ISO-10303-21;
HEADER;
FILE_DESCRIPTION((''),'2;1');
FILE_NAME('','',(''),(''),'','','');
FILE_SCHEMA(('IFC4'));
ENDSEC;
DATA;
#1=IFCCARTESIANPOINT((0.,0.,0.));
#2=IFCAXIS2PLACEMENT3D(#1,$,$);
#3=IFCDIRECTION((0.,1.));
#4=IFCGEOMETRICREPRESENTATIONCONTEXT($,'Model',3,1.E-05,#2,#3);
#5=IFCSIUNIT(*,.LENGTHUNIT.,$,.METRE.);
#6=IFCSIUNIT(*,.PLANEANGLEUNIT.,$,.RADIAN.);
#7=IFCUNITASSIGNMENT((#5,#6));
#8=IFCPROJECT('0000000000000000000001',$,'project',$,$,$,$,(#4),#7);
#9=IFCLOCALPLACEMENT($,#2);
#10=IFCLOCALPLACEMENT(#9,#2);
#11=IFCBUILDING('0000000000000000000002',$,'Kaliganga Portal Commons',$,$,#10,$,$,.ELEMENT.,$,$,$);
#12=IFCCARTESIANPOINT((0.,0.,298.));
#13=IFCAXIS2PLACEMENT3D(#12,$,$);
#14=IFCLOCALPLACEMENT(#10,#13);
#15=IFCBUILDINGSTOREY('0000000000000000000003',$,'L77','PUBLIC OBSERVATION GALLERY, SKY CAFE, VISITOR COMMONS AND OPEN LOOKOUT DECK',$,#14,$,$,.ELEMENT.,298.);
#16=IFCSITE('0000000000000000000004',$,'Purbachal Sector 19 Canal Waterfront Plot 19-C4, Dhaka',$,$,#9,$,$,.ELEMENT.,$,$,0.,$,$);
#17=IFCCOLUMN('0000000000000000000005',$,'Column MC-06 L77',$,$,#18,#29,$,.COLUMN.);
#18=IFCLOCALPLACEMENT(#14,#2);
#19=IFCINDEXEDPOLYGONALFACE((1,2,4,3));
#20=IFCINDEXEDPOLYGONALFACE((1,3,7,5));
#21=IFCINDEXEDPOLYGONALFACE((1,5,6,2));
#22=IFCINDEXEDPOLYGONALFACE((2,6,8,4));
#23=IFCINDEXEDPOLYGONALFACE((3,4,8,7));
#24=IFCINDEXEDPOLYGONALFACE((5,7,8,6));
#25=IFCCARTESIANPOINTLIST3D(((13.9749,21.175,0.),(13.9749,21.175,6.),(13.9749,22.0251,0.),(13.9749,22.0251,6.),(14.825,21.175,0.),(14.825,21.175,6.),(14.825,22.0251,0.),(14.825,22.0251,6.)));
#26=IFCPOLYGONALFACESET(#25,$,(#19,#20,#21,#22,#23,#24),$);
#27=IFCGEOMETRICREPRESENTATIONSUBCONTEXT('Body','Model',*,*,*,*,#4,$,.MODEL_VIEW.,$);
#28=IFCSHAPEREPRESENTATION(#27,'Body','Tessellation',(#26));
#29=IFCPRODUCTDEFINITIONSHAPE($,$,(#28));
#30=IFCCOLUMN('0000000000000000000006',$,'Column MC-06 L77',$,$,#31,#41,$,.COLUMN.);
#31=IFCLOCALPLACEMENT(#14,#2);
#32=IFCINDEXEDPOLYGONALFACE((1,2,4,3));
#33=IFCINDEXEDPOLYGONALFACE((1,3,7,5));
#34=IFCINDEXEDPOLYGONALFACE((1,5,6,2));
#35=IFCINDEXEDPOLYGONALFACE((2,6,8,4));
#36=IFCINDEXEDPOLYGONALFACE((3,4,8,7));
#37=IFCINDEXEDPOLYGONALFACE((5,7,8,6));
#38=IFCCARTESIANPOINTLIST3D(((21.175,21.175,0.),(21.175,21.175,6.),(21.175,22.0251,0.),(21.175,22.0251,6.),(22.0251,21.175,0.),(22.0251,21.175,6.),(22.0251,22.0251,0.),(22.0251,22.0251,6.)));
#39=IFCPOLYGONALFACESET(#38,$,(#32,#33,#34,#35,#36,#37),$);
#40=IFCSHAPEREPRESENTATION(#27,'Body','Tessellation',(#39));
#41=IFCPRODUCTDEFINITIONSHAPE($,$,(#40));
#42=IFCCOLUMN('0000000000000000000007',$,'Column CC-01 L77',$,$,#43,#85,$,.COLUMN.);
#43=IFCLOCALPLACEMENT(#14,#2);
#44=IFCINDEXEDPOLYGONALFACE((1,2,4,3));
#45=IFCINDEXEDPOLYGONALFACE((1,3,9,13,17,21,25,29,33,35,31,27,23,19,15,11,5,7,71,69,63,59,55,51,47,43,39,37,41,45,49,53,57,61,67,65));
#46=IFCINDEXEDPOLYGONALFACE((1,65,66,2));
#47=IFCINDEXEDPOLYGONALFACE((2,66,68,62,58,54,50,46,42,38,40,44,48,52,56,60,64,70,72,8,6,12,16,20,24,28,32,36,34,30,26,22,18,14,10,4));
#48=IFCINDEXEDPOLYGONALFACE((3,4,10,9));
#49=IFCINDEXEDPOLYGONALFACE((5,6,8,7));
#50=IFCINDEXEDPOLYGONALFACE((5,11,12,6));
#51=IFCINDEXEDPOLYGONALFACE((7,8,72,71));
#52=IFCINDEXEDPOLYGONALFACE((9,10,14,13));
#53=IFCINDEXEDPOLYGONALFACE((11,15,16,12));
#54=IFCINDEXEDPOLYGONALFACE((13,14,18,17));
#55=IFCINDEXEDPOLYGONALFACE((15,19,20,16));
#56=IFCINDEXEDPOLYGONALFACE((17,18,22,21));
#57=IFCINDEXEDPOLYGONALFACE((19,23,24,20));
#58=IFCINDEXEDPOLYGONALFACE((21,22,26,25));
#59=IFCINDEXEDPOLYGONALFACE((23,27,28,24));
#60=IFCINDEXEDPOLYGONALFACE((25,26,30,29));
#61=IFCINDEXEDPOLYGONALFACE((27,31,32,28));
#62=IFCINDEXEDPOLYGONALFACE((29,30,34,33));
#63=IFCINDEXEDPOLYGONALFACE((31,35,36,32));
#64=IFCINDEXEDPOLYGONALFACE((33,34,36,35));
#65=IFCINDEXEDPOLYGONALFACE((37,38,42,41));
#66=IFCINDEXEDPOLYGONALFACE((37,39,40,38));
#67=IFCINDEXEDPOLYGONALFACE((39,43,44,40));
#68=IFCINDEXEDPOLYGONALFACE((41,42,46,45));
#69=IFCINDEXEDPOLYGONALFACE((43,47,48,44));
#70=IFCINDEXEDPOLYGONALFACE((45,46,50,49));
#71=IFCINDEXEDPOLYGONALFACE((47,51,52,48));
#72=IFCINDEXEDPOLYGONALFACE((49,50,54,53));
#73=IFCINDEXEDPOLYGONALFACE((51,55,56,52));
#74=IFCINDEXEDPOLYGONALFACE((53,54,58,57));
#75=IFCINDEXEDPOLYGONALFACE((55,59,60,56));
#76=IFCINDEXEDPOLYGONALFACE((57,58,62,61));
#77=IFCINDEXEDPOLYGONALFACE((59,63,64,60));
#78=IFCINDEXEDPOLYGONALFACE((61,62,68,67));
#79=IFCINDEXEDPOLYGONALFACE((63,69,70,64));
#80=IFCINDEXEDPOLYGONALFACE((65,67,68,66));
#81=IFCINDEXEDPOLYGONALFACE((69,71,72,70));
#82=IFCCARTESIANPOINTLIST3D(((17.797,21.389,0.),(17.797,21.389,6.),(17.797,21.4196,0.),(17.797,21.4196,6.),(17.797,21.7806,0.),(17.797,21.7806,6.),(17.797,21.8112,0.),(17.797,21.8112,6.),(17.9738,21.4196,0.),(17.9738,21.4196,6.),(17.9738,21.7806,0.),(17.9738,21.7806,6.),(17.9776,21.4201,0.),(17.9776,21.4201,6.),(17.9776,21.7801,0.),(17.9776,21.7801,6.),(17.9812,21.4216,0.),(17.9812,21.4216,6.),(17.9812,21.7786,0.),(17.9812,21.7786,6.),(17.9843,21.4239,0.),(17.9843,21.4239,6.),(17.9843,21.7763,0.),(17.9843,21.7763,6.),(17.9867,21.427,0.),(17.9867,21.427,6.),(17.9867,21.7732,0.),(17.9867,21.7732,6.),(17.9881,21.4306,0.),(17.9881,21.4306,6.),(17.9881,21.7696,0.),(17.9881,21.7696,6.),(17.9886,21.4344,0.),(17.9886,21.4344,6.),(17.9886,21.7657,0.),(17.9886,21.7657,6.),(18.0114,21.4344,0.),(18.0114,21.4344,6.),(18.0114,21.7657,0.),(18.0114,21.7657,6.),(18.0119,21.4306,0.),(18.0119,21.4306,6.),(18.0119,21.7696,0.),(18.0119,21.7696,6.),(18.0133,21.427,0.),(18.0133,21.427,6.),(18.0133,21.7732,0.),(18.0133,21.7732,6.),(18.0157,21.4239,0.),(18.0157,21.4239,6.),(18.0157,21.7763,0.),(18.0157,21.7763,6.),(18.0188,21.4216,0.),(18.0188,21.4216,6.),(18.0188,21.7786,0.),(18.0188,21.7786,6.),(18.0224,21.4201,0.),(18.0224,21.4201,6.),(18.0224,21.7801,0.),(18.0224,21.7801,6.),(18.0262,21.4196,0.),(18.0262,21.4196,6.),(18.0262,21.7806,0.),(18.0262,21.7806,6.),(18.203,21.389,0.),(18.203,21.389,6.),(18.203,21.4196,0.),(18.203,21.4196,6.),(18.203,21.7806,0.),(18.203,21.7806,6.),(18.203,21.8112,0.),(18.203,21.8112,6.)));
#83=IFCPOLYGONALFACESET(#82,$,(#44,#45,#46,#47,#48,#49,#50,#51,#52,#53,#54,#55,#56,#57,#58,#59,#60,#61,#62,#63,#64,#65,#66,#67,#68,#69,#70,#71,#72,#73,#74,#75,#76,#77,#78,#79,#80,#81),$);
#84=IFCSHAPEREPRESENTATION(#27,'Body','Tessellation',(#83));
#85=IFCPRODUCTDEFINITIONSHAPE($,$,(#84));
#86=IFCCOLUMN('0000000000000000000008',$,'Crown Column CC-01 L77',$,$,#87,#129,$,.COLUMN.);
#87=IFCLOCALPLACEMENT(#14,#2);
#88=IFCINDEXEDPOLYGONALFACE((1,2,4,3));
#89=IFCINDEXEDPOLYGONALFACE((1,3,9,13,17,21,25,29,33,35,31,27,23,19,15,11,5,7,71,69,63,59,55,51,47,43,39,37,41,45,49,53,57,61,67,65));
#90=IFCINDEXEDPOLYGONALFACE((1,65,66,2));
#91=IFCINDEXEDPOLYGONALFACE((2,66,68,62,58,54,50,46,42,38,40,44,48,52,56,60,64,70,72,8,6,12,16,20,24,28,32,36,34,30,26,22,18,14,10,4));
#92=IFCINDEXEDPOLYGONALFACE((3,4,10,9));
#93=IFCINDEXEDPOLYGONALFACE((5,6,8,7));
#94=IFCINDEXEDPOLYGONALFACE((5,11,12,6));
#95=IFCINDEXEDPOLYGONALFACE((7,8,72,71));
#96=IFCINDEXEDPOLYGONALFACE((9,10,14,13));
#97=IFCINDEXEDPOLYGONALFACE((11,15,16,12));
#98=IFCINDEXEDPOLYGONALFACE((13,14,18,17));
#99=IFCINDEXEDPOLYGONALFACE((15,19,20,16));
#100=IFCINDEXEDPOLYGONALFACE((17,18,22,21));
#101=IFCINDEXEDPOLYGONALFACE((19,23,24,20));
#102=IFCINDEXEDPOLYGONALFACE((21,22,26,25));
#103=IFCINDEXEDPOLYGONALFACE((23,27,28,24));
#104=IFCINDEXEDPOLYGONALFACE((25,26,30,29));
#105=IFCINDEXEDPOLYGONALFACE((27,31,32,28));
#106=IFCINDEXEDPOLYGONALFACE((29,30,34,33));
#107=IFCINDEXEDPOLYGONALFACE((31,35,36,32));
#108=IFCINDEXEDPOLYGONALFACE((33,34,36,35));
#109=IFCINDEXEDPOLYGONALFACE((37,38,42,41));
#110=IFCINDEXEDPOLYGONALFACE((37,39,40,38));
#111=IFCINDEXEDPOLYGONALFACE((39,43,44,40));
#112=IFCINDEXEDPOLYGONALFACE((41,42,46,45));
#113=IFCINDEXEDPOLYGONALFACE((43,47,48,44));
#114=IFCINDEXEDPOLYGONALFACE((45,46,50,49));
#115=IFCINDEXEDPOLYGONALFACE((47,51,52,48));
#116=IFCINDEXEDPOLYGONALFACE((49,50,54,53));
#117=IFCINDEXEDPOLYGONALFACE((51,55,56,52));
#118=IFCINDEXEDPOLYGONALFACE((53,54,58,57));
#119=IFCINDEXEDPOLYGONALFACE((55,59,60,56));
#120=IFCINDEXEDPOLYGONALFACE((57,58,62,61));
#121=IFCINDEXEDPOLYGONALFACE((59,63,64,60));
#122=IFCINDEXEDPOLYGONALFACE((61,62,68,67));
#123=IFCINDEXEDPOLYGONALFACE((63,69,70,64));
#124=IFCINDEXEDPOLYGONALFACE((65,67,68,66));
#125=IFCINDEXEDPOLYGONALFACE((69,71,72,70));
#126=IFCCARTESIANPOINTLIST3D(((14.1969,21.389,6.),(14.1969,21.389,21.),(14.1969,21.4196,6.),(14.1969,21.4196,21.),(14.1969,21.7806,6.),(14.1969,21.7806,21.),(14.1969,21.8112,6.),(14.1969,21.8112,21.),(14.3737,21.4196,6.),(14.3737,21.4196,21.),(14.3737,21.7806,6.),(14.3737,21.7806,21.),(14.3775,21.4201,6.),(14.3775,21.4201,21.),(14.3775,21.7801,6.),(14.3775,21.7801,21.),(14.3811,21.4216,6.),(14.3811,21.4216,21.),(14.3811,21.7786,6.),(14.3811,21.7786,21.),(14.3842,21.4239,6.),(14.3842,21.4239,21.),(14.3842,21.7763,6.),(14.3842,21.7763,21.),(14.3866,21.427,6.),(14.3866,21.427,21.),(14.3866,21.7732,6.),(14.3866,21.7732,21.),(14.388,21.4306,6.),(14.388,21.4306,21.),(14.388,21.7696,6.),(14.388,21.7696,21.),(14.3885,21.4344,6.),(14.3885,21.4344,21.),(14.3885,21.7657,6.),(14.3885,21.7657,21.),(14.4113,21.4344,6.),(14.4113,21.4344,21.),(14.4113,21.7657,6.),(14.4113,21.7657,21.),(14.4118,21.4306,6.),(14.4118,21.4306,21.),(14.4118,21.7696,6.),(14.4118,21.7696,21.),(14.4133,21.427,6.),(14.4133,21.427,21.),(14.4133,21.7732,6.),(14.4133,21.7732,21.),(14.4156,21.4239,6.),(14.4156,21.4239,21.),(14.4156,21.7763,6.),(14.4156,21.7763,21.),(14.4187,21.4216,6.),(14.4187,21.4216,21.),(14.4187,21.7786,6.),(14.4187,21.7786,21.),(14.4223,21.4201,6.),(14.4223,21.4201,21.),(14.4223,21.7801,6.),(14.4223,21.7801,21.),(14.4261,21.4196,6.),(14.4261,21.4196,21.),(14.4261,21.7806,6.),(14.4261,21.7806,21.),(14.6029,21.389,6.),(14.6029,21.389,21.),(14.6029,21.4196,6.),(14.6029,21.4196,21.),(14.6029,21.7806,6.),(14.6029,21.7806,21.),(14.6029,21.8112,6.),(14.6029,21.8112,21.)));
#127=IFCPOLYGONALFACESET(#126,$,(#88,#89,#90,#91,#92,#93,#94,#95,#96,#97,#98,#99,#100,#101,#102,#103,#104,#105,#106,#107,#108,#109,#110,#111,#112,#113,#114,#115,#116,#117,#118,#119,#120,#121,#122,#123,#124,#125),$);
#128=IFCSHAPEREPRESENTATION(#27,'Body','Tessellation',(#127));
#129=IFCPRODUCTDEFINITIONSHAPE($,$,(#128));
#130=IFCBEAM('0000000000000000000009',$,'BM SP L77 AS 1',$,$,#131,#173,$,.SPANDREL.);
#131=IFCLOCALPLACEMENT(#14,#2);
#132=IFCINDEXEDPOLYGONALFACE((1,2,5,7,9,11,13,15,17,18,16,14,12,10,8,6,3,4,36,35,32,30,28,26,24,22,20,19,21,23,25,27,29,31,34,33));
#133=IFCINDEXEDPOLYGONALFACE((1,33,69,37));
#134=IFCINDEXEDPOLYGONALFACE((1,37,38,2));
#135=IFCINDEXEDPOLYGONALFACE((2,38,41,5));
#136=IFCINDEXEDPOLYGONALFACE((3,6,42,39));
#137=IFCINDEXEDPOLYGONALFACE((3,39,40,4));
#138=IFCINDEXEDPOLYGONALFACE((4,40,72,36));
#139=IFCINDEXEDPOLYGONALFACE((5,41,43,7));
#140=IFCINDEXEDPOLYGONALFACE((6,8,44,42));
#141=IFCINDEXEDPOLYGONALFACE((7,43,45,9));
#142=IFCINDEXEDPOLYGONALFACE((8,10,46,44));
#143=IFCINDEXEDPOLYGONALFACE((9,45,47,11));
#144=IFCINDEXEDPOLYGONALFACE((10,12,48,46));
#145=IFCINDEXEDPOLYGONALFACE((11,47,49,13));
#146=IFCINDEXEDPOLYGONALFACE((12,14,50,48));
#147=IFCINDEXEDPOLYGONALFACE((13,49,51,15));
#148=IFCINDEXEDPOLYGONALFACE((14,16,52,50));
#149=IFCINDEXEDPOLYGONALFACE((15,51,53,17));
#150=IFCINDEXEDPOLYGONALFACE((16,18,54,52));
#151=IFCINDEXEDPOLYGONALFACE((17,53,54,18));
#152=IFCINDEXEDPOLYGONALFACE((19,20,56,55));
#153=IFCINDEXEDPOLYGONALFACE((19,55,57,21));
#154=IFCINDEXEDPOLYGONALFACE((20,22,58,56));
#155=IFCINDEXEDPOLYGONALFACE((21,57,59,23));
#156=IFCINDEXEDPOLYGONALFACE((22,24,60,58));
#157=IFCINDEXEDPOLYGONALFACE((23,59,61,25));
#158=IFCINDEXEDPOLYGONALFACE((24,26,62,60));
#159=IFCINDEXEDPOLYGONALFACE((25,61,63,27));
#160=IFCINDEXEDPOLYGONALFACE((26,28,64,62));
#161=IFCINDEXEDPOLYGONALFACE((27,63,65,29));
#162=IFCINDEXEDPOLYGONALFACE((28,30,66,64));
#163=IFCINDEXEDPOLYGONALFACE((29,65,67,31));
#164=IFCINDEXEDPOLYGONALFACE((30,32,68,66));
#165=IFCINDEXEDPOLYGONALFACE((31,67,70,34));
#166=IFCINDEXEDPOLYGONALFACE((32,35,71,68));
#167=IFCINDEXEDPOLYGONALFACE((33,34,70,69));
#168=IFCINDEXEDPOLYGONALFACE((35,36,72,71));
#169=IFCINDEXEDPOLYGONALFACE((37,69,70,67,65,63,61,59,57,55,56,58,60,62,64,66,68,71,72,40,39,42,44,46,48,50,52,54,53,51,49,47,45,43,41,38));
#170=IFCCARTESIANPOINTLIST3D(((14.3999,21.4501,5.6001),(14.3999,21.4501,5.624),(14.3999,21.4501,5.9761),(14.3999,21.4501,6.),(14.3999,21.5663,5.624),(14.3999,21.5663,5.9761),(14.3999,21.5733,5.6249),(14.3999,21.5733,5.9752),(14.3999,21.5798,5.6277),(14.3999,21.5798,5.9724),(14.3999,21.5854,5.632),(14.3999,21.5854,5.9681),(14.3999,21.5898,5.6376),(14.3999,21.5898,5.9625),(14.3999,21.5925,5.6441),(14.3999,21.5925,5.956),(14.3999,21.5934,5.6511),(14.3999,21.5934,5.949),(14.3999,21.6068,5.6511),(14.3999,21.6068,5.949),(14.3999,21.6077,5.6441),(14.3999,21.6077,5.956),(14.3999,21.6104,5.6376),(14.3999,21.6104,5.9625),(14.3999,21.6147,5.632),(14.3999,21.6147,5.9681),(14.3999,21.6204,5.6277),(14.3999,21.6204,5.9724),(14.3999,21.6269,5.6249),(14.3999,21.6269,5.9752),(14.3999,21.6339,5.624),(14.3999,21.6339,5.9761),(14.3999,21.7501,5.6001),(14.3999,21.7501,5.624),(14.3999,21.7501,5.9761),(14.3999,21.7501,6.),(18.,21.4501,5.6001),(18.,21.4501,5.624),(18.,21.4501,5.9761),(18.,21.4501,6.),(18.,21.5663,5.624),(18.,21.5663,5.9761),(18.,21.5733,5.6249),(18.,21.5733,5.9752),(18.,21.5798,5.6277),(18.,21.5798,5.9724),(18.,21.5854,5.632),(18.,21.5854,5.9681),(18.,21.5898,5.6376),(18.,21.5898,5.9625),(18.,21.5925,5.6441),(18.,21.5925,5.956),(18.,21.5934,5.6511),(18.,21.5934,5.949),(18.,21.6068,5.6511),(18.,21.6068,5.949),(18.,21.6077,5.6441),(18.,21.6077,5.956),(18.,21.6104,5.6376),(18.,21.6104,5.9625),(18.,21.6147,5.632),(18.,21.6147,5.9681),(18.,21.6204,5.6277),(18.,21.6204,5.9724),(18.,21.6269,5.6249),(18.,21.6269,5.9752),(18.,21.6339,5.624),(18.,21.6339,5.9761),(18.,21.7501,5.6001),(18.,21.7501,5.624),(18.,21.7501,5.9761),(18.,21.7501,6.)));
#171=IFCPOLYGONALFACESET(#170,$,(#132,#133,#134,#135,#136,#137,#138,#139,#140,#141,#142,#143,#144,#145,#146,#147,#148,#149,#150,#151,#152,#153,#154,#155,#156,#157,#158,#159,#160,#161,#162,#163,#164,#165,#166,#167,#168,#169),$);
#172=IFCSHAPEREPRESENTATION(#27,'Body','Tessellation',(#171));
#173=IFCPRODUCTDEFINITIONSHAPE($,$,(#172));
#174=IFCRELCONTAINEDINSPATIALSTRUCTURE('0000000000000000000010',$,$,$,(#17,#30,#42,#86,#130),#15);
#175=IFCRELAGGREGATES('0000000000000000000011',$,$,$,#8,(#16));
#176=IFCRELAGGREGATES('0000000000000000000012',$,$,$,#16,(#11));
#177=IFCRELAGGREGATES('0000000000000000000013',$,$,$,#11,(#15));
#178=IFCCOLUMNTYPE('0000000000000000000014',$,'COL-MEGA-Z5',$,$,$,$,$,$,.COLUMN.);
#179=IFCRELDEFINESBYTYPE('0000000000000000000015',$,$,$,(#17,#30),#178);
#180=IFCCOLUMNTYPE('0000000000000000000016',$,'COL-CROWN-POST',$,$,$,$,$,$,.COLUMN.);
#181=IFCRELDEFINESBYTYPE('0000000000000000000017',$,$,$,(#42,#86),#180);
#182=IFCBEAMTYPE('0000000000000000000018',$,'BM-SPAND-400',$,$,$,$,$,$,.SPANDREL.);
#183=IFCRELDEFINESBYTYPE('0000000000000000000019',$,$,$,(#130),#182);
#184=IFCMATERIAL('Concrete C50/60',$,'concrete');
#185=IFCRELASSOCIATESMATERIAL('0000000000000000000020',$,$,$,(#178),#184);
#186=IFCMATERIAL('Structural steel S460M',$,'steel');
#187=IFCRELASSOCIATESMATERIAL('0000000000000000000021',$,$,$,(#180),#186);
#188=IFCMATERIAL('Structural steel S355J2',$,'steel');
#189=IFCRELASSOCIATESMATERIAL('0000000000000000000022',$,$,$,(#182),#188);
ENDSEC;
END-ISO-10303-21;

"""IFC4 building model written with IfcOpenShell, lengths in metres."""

from ifc_helpers import new_model, si_unit, direction, frame, origin, origin_2d, place, context, subcontext, project, spatial, rectangle, i_section, extrude, source, transform, mapped, material, material_profile, profile_set, type_object, element, save


model = new_model("IFC4")

# Units and contexts
model_context = context("Model", 3, precision=1e-05, world=origin(), true_north=direction((0.0, 1.0)))
body_context = subcontext(model_context, "Body", "Model", "MODEL_VIEW")
ifc_project = project(units=[si_unit("LENGTHUNIT", "METRE"), si_unit("PLANEANGLEUNIT", "RADIAN")], contexts=[model_context])

# Site, building, storey
site_placement = place(None, origin())
site = spatial("IfcSite", under=ifc_project, at=site_placement, Name="Purbachal Sector 19 Canal Waterfront Plot 19-C4, Dhaka", CompositionType="ELEMENT", RefElevation=0.0)
building_placement = place(site_placement, origin())
building = spatial("IfcBuilding", under=site, at=building_placement, Name="Kaliganga Portal Commons", CompositionType="ELEMENT")
storey_placement = place(building_placement, frame((0.0, 0.0, 298.0)))
storey = spatial("IfcBuildingStorey", under=building, at=storey_placement, Name="L77", Description="PUBLIC OBSERVATION GALLERY, SKY CAFE, VISITOR COMMONS AND OPEN LOOKOUT DECK", CompositionType="ELEMENT", Elevation=298.0)

# Columns
ifc_material_1 = material(Name="Concrete C50/60", Category="concrete")
ifc_material_profile_1 = material_profile(ifc_material_1, rectangle(XDim=0.8501, YDim=0.8501, at=origin_2d()), Name="RC 850x850")
ifc_profile_set_1 = profile_set([ifc_material_profile_1], Name="Concrete C50/60")
column_type_1 = type_object("IfcColumnType", Name="COL-MEGA-Z5", PredefinedType="COLUMN", material=ifc_profile_set_1)
shared_shape_1 = source(origin(), body_context, "Body", "SweptSolid", [
    extrude(rectangle(XDim=0.8501, YDim=0.8501, at=origin_2d()), origin(), (0.0, 0.0, 1.0), 6.0),
])
for number, where, z_axis, x_axis, name in (
    (1, (14.3999, 21.6001, 0.0), (0.0, 0.0, 1.0), (1.0, 0.0, 0.0), "Column MC-06 L77"),
    (2, (21.6001, 21.6001, 0.0), (0.0, 0.0, 1.0), (1.0, 0.0, 0.0), "Column MC-06 L77"),
):
    element("IfcColumn", number, at=place(storey_placement, frame(where, z_axis=z_axis, x_axis=x_axis)), inside=storey, type_object=column_type_1, Name=name, PredefinedType="COLUMN", context=body_context, shape_type="MappedRepresentation", body=[
        mapped(shared_shape_1, transform((0.0, 0.0, 0.0), x_axis=(1.0, 0.0, 0.0), y_axis=(0.0, 1.0, 0.0), z_axis=(0.0, 0.0, 1.0), scale=1.0)),
    ])
ifc_material_2 = material(Name="Structural steel S460M", Category="steel")
ifc_material_profile_2 = material_profile(ifc_material_2, i_section(OverallWidth=0.406, OverallDepth=0.4221, WebThickness=0.0227, FlangeThickness=0.0305, FilletRadius=0.0149, at=origin_2d()), Name="HD 400x382")
ifc_profile_set_2 = profile_set([ifc_material_profile_2], Name="Structural steel S460M wide-flange")
column_type_2 = type_object("IfcColumnType", Name="COL-CROWN-POST", PredefinedType="COLUMN", material=ifc_profile_set_2)
shared_shape_2 = source(origin(), body_context, "Body", "SweptSolid", [
    extrude(i_section(OverallWidth=0.406, OverallDepth=0.4221, WebThickness=0.0227, FlangeThickness=0.0305, FilletRadius=0.0149, at=origin_2d()), origin(), (0.0, 0.0, 1.0), 6.0),
])
column_1_placement = place(storey_placement, frame((18.0, 21.6001, 0.0), z_axis=(0.0, 0.0, 1.0), x_axis=(1.0, 0.0, 0.0)))
element("IfcColumn", 3, at=column_1_placement, inside=storey, type_object=column_type_2, Name="Column CC-01 L77", PredefinedType="COLUMN", context=body_context, shape_type="MappedRepresentation", body=[
    mapped(shared_shape_2, transform((0.0, 0.0, 0.0), x_axis=(1.0, 0.0, 0.0), y_axis=(0.0, 1.0, 0.0), z_axis=(0.0, 0.0, 1.0), scale=1.0)),
])
shared_shape_3 = source(origin(), body_context, "Body", "SweptSolid", [
    extrude(i_section(OverallWidth=0.406, OverallDepth=0.4221, WebThickness=0.0227, FlangeThickness=0.0305, FilletRadius=0.0149, at=origin_2d()), origin(), (0.0, 0.0, 1.0), 15.0),
])
column_2_placement = place(storey_placement, frame((14.3999, 21.6001, 6.0), z_axis=(0.0, 0.0, 1.0), x_axis=(1.0, 0.0, 0.0)))
element("IfcColumn", 4, at=column_2_placement, inside=storey, type_object=column_type_2, Name="Crown Column CC-01 L77", PredefinedType="COLUMN", context=body_context, shape_type="MappedRepresentation", body=[
    mapped(shared_shape_3, transform((0.0, 0.0, 0.0), x_axis=(1.0, 0.0, 0.0), y_axis=(0.0, 1.0, 0.0), z_axis=(0.0, 0.0, 1.0), scale=1.0)),
])

# Beam
ifc_material_3 = material(Name="Structural steel S355J2", Category="steel")
ifc_material_profile_3 = material_profile(ifc_material_3, i_section(OverallWidth=0.3, OverallDepth=0.3999, WebThickness=0.0134, FlangeThickness=0.0239, FilletRadius=0.0271, at=origin_2d()), Name="HE 400 B")
ifc_profile_set_3 = profile_set([ifc_material_profile_3], Name="Structural steel S355J2 wide-flange")
beam_type_1 = type_object("IfcBeamType", Name="BM-SPAND-400", PredefinedType="SPANDREL", material=ifc_profile_set_3)
shared_shape_4 = source(origin(), body_context, "Body", "SweptSolid", [
    extrude(i_section(OverallWidth=0.3, OverallDepth=0.3999, WebThickness=0.0134, FlangeThickness=0.0239, FilletRadius=0.0271, at=origin_2d()), origin(), (0.0, 0.0, 1.0), 3.6001),
])
for number, where, z_axis, x_axis, name in (
    (5, (14.3999, 21.6001, 5.8), (1.0, 0.0, 0.0), (0.0, 1.0, 0.0), "BM SP L77 AS 1"),
):
    element("IfcBeam", number, at=place(storey_placement, frame(where, z_axis=z_axis, x_axis=x_axis)), inside=storey, type_object=beam_type_1, Name=name, PredefinedType="SPANDREL", context=body_context, shape_type="MappedRepresentation", body=[
        mapped(shared_shape_4, transform((0.0, 0.0, 0.0), x_axis=(1.0, 0.0, 0.0), y_axis=(0.0, 1.0, 0.0), z_axis=(0.0, 0.0, 1.0), scale=1.0)),
    ])

save(model, "model.ifc")
